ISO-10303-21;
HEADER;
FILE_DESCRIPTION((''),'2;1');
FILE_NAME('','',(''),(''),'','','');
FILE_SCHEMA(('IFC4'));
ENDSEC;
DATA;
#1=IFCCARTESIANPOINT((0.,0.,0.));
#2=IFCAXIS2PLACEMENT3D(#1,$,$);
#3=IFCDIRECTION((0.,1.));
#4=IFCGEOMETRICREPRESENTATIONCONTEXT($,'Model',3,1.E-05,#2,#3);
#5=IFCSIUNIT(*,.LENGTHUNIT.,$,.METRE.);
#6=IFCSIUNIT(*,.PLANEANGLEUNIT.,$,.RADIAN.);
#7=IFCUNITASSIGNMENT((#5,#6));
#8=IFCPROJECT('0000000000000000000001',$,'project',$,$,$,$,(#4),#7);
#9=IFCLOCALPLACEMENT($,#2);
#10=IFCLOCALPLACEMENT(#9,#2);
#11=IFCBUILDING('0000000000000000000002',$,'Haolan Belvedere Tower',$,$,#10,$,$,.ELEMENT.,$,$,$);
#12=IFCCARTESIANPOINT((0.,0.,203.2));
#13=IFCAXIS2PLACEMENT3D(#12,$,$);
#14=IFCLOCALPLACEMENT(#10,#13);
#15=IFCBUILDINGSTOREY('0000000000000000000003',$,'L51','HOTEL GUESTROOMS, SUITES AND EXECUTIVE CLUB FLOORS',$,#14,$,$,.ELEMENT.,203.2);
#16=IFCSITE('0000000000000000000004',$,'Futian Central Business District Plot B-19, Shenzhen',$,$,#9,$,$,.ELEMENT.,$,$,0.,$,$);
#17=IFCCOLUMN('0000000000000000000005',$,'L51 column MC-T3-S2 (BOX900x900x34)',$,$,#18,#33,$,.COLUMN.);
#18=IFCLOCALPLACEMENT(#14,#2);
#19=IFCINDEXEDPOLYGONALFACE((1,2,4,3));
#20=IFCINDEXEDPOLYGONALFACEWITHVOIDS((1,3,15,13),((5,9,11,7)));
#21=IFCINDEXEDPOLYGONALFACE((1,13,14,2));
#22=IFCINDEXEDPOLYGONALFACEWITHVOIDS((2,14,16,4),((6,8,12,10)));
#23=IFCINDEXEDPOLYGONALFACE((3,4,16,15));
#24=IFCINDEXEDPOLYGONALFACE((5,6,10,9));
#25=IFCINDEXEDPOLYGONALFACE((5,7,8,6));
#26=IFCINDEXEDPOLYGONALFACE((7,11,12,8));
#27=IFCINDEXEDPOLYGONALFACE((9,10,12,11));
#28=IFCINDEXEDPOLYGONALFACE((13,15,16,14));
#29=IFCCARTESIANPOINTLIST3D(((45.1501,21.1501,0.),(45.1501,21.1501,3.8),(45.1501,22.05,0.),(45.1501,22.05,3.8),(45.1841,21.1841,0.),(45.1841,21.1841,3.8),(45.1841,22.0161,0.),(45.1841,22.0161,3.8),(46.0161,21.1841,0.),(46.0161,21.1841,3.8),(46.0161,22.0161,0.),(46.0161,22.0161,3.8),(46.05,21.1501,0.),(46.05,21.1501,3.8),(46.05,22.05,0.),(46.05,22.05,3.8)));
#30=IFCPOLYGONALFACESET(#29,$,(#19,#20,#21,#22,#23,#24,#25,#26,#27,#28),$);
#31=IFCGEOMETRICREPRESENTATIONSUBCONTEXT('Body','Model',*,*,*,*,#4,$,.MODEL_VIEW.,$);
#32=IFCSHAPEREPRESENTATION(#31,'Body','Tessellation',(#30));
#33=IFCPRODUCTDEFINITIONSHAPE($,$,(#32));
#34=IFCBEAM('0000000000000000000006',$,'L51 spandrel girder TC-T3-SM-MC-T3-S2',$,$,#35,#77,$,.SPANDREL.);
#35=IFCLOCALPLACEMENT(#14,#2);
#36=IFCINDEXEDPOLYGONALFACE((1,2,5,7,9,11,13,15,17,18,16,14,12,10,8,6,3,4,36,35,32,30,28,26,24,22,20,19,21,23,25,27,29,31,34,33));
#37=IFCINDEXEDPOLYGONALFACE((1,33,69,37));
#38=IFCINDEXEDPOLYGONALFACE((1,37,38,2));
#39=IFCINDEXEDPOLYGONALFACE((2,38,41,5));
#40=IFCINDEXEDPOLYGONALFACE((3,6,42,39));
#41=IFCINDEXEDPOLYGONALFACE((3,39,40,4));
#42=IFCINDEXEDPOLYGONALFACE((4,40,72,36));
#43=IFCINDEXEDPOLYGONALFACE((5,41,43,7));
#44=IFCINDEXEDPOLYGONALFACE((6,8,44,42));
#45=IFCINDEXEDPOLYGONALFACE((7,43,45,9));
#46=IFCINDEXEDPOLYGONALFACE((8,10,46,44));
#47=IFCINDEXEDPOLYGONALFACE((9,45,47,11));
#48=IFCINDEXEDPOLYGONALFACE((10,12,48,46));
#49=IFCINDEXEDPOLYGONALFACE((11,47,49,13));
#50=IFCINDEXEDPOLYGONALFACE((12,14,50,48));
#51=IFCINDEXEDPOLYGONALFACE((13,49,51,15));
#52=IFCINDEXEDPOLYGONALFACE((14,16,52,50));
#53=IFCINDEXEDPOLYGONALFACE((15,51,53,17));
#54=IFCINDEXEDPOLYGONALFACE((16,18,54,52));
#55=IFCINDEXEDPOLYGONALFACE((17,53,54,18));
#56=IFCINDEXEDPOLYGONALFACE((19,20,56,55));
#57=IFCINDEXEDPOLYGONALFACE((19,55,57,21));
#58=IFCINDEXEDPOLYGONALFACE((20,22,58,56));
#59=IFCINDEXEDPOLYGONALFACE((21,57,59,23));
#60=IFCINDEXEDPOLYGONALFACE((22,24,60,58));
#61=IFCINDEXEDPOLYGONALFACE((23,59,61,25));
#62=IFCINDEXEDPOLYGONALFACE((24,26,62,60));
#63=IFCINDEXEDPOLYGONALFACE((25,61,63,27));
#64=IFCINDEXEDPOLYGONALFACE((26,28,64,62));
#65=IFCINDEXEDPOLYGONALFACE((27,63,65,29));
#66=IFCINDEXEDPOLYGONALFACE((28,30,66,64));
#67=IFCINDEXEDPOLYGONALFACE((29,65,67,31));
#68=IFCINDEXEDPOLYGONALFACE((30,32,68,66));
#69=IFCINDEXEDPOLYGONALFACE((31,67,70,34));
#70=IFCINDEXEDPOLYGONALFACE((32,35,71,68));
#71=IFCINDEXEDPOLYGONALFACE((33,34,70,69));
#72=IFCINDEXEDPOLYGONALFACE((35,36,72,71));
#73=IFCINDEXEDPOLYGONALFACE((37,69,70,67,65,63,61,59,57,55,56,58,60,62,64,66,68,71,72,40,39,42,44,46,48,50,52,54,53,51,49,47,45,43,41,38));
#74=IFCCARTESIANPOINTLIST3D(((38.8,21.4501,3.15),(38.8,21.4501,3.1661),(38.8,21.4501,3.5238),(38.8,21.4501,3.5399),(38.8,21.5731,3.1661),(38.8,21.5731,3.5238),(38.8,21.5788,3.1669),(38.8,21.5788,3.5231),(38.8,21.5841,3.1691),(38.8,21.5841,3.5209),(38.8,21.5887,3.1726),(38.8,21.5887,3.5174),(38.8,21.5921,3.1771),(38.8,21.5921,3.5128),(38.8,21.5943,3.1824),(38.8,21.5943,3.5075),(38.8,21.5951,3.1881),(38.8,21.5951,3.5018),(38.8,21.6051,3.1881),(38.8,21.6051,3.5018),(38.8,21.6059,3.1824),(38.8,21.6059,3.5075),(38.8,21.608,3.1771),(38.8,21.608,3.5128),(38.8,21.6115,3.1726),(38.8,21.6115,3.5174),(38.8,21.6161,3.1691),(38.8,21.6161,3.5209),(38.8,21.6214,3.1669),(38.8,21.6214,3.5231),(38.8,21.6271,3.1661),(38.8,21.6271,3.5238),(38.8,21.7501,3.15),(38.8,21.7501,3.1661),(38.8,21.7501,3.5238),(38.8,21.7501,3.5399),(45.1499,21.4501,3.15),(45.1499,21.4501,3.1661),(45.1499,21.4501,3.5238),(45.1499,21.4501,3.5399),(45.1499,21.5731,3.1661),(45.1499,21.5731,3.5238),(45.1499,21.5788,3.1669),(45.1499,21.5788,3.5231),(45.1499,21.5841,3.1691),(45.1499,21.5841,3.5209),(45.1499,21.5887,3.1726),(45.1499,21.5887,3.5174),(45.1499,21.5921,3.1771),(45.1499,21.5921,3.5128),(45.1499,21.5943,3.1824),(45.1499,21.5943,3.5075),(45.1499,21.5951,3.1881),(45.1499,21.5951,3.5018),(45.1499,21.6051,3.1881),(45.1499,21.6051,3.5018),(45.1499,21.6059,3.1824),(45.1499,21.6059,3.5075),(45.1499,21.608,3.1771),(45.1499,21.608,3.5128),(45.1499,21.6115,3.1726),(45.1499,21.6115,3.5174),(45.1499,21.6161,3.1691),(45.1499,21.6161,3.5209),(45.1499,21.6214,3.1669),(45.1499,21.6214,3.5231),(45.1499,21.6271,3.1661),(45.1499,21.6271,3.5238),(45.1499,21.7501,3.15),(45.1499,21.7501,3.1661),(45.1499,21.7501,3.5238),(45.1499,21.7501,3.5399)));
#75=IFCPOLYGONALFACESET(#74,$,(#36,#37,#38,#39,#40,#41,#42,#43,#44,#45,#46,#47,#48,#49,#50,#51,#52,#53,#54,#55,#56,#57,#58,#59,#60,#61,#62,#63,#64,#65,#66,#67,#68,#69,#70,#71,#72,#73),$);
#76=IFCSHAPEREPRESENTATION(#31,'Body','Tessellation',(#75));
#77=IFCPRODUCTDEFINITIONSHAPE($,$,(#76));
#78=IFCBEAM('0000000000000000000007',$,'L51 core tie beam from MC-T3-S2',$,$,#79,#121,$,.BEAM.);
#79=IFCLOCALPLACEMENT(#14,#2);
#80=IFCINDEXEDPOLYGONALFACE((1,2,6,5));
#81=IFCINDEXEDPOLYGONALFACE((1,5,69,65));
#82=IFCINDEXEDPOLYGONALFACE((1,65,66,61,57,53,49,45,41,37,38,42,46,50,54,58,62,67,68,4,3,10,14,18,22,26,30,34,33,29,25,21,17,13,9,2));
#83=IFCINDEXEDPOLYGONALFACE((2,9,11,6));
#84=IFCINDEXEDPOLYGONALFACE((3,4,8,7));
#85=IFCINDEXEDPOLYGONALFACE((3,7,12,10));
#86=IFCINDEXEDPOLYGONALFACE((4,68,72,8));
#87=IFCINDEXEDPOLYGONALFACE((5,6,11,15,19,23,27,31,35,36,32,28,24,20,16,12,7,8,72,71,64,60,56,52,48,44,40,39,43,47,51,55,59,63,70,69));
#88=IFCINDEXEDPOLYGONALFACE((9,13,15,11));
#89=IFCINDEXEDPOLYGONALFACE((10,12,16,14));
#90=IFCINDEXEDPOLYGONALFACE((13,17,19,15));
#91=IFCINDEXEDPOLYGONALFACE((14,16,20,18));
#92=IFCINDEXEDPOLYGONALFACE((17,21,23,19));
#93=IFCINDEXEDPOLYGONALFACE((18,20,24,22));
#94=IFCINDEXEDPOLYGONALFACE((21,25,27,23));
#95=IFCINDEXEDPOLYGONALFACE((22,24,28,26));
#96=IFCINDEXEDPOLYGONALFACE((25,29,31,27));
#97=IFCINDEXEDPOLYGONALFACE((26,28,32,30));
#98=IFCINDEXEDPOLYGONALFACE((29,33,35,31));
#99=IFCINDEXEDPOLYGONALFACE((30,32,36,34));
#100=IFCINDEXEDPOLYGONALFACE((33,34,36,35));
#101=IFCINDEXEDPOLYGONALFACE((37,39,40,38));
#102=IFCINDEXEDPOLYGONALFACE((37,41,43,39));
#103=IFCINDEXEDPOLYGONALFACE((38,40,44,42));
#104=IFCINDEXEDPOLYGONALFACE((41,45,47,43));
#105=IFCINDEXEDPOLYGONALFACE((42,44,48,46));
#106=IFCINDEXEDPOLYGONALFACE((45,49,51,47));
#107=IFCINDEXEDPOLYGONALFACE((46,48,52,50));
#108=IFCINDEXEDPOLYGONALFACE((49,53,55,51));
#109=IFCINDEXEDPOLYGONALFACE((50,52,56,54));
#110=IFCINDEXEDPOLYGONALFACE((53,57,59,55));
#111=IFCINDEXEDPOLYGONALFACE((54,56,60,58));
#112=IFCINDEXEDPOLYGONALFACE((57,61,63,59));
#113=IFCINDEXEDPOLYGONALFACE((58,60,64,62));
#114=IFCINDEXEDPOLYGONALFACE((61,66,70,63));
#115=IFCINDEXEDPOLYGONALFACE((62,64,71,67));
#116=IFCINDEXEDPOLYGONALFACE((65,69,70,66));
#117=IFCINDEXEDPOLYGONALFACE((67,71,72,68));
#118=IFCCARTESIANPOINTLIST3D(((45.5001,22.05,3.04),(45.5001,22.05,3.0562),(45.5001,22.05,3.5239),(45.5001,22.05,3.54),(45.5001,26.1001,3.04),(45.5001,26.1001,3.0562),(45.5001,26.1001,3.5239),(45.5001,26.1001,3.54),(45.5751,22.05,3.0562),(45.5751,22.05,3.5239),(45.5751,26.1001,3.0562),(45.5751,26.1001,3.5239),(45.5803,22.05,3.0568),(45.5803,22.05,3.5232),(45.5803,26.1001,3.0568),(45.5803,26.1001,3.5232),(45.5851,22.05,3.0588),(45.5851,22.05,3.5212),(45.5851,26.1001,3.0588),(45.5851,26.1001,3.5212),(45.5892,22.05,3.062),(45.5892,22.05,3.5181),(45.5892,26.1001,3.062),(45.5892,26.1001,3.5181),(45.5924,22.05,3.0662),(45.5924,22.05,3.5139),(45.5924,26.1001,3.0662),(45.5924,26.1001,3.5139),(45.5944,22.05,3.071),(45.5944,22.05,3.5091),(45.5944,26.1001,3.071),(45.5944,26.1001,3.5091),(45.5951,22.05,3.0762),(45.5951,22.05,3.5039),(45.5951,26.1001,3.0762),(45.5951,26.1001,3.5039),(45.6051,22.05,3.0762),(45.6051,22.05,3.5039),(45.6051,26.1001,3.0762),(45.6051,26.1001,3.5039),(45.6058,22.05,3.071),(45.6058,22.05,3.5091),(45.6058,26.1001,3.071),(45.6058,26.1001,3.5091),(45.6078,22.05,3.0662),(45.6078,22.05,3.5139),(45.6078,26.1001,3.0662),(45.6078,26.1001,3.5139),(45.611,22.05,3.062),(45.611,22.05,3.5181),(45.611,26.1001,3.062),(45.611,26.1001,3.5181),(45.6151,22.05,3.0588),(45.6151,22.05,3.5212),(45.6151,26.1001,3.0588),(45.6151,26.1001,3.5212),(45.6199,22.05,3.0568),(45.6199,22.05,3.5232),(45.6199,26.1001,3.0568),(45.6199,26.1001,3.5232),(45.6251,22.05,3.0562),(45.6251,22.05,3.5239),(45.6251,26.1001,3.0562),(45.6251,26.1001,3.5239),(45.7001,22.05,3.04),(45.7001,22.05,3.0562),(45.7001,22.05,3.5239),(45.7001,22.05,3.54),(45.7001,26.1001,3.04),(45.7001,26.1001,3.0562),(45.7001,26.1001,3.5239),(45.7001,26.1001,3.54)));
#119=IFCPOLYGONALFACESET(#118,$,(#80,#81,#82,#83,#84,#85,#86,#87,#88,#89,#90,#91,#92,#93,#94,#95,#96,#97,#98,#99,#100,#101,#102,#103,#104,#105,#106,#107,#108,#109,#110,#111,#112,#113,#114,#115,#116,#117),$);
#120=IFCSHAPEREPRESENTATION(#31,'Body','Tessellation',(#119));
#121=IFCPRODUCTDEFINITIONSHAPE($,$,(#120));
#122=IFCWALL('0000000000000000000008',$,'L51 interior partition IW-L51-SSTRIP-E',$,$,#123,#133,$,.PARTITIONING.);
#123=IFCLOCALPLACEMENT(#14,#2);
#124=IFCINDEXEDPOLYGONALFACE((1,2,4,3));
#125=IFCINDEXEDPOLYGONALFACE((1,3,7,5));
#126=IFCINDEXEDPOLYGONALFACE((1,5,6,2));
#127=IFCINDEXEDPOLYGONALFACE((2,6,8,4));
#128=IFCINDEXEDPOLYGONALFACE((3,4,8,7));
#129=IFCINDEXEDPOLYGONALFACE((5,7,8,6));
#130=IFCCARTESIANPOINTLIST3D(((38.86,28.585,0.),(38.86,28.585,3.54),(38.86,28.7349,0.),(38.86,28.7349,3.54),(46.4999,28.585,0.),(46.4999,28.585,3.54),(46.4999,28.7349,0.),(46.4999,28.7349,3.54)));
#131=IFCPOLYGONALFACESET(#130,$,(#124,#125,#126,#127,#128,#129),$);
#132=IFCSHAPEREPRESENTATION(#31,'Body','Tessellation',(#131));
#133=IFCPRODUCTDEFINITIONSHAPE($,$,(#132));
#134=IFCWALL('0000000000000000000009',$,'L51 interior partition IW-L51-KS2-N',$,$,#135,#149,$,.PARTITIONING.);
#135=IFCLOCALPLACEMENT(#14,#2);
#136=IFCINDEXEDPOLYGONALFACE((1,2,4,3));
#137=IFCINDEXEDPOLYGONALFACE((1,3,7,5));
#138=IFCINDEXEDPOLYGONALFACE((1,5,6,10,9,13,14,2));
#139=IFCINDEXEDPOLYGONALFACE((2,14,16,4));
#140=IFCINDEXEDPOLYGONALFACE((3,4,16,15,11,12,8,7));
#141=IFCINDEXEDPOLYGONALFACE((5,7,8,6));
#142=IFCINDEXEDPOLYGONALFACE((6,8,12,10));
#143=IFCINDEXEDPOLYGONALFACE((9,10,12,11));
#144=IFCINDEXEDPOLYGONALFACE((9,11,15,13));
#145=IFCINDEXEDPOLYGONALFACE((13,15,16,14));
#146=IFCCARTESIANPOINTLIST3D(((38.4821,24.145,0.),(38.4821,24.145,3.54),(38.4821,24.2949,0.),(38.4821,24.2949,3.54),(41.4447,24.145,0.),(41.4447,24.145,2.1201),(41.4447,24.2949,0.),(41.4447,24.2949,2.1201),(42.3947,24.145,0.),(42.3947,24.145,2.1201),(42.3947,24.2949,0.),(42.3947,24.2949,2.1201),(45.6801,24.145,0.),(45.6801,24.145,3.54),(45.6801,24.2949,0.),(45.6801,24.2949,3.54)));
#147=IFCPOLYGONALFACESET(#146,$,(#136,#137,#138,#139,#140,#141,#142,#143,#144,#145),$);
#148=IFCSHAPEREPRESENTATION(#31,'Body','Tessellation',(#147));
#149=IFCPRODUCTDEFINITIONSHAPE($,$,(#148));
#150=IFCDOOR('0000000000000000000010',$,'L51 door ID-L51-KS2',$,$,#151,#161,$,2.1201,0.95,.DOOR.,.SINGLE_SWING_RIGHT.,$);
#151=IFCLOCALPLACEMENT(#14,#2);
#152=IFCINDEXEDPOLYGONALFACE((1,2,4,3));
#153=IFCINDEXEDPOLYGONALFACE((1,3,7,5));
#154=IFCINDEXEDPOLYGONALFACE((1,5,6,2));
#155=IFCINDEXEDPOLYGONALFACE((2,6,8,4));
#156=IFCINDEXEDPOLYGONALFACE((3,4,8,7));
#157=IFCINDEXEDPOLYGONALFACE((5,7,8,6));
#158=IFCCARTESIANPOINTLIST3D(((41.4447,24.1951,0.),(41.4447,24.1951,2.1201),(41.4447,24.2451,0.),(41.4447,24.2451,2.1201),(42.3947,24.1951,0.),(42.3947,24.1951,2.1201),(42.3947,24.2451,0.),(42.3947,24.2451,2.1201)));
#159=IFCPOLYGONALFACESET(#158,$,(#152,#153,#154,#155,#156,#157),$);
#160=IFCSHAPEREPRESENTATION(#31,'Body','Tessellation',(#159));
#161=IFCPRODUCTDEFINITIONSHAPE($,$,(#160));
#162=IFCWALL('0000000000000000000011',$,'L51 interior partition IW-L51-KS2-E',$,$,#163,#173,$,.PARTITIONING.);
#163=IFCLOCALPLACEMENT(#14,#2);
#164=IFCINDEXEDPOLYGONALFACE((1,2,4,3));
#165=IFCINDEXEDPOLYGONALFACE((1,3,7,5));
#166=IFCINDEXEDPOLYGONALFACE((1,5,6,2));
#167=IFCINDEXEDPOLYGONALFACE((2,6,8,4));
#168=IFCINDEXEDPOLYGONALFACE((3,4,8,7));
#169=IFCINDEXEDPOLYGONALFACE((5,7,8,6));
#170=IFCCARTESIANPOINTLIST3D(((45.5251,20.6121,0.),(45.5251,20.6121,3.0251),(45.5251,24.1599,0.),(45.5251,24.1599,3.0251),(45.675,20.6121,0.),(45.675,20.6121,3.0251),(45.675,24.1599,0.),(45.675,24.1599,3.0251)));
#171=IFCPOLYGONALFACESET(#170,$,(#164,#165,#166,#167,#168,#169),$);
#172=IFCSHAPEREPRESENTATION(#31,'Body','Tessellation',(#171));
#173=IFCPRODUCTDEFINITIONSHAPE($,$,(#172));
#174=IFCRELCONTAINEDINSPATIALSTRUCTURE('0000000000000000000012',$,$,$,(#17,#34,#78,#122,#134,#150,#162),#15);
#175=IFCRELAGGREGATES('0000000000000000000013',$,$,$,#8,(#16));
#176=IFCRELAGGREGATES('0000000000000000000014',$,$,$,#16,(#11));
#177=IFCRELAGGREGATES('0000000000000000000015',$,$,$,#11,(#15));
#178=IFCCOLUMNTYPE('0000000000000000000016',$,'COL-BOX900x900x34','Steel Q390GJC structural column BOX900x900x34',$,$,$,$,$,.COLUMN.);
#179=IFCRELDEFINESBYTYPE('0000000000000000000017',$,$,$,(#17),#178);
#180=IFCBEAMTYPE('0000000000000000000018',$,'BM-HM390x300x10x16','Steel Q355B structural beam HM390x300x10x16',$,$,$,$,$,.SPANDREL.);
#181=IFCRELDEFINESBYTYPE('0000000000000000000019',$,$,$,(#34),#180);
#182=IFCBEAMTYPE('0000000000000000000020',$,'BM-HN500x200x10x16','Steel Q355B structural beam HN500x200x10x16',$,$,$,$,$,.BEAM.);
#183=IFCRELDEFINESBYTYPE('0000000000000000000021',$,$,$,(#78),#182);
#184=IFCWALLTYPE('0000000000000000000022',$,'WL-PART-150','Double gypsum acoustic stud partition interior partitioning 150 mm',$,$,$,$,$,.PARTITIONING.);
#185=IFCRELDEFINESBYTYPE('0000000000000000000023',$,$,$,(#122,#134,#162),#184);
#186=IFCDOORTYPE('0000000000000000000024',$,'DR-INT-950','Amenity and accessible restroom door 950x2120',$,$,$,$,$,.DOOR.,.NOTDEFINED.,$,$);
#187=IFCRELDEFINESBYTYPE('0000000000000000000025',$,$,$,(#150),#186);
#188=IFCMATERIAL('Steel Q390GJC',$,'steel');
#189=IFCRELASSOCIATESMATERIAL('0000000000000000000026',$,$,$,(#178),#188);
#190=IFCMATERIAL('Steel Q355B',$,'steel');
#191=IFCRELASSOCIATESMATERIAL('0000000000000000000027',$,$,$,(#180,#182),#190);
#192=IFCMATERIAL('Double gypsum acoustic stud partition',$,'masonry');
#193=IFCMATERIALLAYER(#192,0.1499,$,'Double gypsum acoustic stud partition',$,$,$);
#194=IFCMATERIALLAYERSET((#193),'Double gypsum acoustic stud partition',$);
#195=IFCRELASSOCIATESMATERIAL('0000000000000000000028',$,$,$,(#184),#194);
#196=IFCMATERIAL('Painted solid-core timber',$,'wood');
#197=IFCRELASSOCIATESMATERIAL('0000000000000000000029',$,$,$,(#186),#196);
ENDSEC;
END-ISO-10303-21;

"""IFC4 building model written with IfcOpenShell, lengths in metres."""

from ifc_helpers import new_model, si_unit, direction, frame, frame_2d, origin, origin_2d, place, context, subcontext, project, spatial, rectangle, hollow_rectangle, i_section, extrude, material, layer, layer_set, material_profile, profile_set, type_object, element, fill, save


model = new_model("IFC4")

# Units and contexts
model_context = context("Model", 3, precision=1e-05, world=origin(), true_north=direction((0.0, 1.0)))
body_context = subcontext(model_context, "Body", "Model", "MODEL_VIEW")
ifc_project = project(units=[si_unit("LENGTHUNIT", "METRE"), si_unit("PLANEANGLEUNIT", "RADIAN")], contexts=[model_context])

# Site, building, storey
site_placement = place(None, origin())
site = spatial("IfcSite", under=ifc_project, at=site_placement, Name="Futian Central Business District Plot B-19, Shenzhen", CompositionType="ELEMENT", RefElevation=0.0)
building_placement = place(site_placement, origin())
building = spatial("IfcBuilding", under=site, at=building_placement, Name="Haolan Belvedere Tower", CompositionType="ELEMENT")
storey_placement = place(building_placement, frame((0.0, 0.0, 203.2)))
storey = spatial("IfcBuildingStorey", under=building, at=storey_placement, Name="L51", Description="HOTEL GUESTROOMS, SUITES AND EXECUTIVE CLUB FLOORS", CompositionType="ELEMENT", Elevation=203.2)

# Column
ifc_material_1 = material(Name="Steel Q390GJC", Category="steel")
ifc_material_profile_1 = material_profile(ifc_material_1, hollow_rectangle(XDim=0.8999, YDim=0.8999, WallThickness=0.0339, at=origin_2d()), Name="Steel Q390GJC")
ifc_profile_set_1 = profile_set([ifc_material_profile_1], Name="Steel Q390GJC")
column_type = type_object("IfcColumnType", Name="COL-BOX900x900x34", Description="Steel Q390GJC structural column BOX900x900x34", PredefinedType="COLUMN", material=ifc_profile_set_1)
column_placement = place(storey_placement, frame((45.6001, 21.6001, 0.0), z_axis=(0.0, 0.0, 1.0), x_axis=(1.0, 0.0, 0.0)))
element("IfcColumn", 1, at=column_placement, inside=storey, type_object=column_type, Name="L51 column MC-T3-S2 (BOX900x900x34)", PredefinedType="COLUMN", context=body_context, shape_type="SweptSolid", body=[
    extrude(hollow_rectangle(XDim=0.8999, YDim=0.8999, WallThickness=0.0339, at=origin_2d()), origin(), (0.0, 0.0, 1.0), 3.8),
])

# Beams
ifc_material_2 = material(Name="Steel Q355B", Category="steel")
ifc_material_profile_2 = material_profile(ifc_material_2, i_section(OverallWidth=0.3, OverallDepth=0.3899, WebThickness=0.01, FlangeThickness=0.0161, FilletRadius=0.022, at=origin_2d()), Name="Steel Q355B")
ifc_profile_set_2 = profile_set([ifc_material_profile_2], Name="Steel Q355B")
beam_type_1 = type_object("IfcBeamType", Name="BM-HM390x300x10x16", Description="Steel Q355B structural beam HM390x300x10x16", PredefinedType="SPANDREL", material=ifc_profile_set_2)
beam_1_placement = place(storey_placement, frame((38.8, 21.6001, 3.345), z_axis=(1.0, 0.0, 0.0), x_axis=(0.0, 1.0, 0.0)))
element("IfcBeam", 2, at=beam_1_placement, inside=storey, type_object=beam_type_1, Name="L51 spandrel girder TC-T3-SM-MC-T3-S2", PredefinedType="SPANDREL", context=body_context, shape_type="SweptSolid", body=[
    extrude(i_section(OverallWidth=0.3, OverallDepth=0.3899, WebThickness=0.01, FlangeThickness=0.0161, FilletRadius=0.022, at=origin_2d()), origin(), (0.0, 0.0, 1.0), 6.3499),
])
ifc_material_profile_3 = material_profile(ifc_material_2, i_section(OverallWidth=0.2, OverallDepth=0.5, WebThickness=0.01, FlangeThickness=0.0161, FilletRadius=0.02, at=origin_2d()), Name="Steel Q355B")
ifc_profile_set_3 = profile_set([ifc_material_profile_3], Name="Steel Q355B")
beam_type_2 = type_object("IfcBeamType", Name="BM-HN500x200x10x16", Description="Steel Q355B structural beam HN500x200x10x16", PredefinedType="BEAM", material=ifc_profile_set_3)
beam_2_placement = place(storey_placement, frame((45.6001, 22.05, 3.29), z_axis=(0.0, 1.0, 0.0), x_axis=(-1.0, 0.0, 0.0)))
element("IfcBeam", 3, at=beam_2_placement, inside=storey, type_object=beam_type_2, Name="L51 core tie beam from MC-T3-S2", PredefinedType="BEAM", context=body_context, shape_type="SweptSolid", body=[
    extrude(i_section(OverallWidth=0.2, OverallDepth=0.5, WebThickness=0.01, FlangeThickness=0.0161, FilletRadius=0.02, at=origin_2d()), origin(), (0.0, 0.0, 1.0), 4.05),
])

# Wall
ifc_material_3 = material(Name="Double gypsum acoustic stud partition", Category="masonry")
ifc_layer_1 = layer(ifc_material_3, 0.1499, Name="Double gypsum acoustic stud partition")
ifc_layer_set_1 = layer_set([ifc_layer_1], Name="Double gypsum acoustic stud partition")
wall_type_1 = type_object("IfcWallType", Name="WL-PART-150", Description="Double gypsum acoustic stud partition interior partitioning 150 mm", PredefinedType="PARTITIONING", material=ifc_layer_set_1)
wall_1_placement = place(storey_placement, frame((38.8601, 28.6599, 0.0), z_axis=(0.0, 0.0, 1.0), x_axis=(1.0, 0.0, 0.0)))
element("IfcWall", 4, at=wall_1_placement, inside=storey, type_object=wall_type_1, Name="L51 interior partition IW-L51-SSTRIP-E", PredefinedType="PARTITIONING", context=body_context, shape_type="SweptSolid", body=[
    extrude(rectangle(XDim=7.6399, YDim=0.1499, at=frame_2d((3.8198, 0.0))), origin(), (0.0, 0.0, 1.0), 3.54),
])

# Wall, opening, door
wall_2_placement = place(storey_placement, frame((38.4819, 24.22, 0.0), z_axis=(0.0, 0.0, 1.0), x_axis=(1.0, 0.0, 0.0)))
wall_2 = element("IfcWall", 5, at=wall_2_placement, inside=storey, type_object=wall_type_1, Name="L51 interior partition IW-L51-KS2-N", PredefinedType="PARTITIONING", context=body_context, shape_type="SweptSolid", body=[
    extrude(rectangle(XDim=7.198, YDim=0.1499, at=frame_2d((3.5991, 0.0))), origin(), (0.0, 0.0, 1.0), 3.54),
])
opening_1_placement = place(wall_2_placement, frame((3.9128, 0.0, 0.0), z_axis=(0.0, 0.0, 1.0), x_axis=(-1.0, 0.0, 0.0)))
opening_1 = element("IfcOpeningElement", 6, at=opening_1_placement, cuts=wall_2, PredefinedType="OPENING", context=body_context, shape_type="SweptSolid", body=[
    extrude(rectangle(XDim=0.95, YDim=2.1201, at=frame_2d((0.4751, 1.0601))), frame((0.0, 0.085, 0.0), z_axis=(0.0, -1.0, 0.0), x_axis=(1.0, 0.0, 0.0)), (0.0, 0.0, 1.0), 0.1699),
])
ifc_material_4 = material(Name="Painted solid-core timber", Category="wood")
door_type_1 = type_object("IfcDoorType", Name="DR-INT-950", Description="Amenity and accessible restroom door 950x2120", OperationType="NOTDEFINED", PredefinedType="DOOR", material=ifc_material_4)
door_1_placement = place(opening_1_placement, origin())
door_1 = element("IfcDoor", 7, at=door_1_placement, inside=storey, type_object=door_type_1, Name="L51 door ID-L51-KS2", OperationType="SINGLE_SWING_RIGHT", OverallHeight=2.1201, OverallWidth=0.95, PredefinedType="DOOR", context=body_context, shape_type="SweptSolid", body=[
    extrude(rectangle(XDim=0.95, YDim=2.1201, at=frame_2d((0.4751, 1.0601))), frame((0.0, 0.0249, 0.0), z_axis=(0.0, -1.0, 0.0), x_axis=(1.0, 0.0, 0.0)), (0.0, 0.0, 1.0), 0.05),
])
fill(opening_1, door_1)

# Wall
wall_3_placement = place(storey_placement, frame((45.6001, 20.6121, 0.0), z_axis=(0.0, 0.0, 1.0), x_axis=(0.0, 1.0, 0.0)))
element("IfcWall", 8, at=wall_3_placement, inside=storey, type_object=wall_type_1, Name="L51 interior partition IW-L51-KS2-E", PredefinedType="PARTITIONING", context=body_context, shape_type="SweptSolid", body=[
    extrude(rectangle(XDim=3.5479, YDim=0.1499, at=frame_2d((1.7739, 0.0))), origin(), (0.0, 0.0, 1.0), 3.0251),
])

save(model, "model.ifc")
